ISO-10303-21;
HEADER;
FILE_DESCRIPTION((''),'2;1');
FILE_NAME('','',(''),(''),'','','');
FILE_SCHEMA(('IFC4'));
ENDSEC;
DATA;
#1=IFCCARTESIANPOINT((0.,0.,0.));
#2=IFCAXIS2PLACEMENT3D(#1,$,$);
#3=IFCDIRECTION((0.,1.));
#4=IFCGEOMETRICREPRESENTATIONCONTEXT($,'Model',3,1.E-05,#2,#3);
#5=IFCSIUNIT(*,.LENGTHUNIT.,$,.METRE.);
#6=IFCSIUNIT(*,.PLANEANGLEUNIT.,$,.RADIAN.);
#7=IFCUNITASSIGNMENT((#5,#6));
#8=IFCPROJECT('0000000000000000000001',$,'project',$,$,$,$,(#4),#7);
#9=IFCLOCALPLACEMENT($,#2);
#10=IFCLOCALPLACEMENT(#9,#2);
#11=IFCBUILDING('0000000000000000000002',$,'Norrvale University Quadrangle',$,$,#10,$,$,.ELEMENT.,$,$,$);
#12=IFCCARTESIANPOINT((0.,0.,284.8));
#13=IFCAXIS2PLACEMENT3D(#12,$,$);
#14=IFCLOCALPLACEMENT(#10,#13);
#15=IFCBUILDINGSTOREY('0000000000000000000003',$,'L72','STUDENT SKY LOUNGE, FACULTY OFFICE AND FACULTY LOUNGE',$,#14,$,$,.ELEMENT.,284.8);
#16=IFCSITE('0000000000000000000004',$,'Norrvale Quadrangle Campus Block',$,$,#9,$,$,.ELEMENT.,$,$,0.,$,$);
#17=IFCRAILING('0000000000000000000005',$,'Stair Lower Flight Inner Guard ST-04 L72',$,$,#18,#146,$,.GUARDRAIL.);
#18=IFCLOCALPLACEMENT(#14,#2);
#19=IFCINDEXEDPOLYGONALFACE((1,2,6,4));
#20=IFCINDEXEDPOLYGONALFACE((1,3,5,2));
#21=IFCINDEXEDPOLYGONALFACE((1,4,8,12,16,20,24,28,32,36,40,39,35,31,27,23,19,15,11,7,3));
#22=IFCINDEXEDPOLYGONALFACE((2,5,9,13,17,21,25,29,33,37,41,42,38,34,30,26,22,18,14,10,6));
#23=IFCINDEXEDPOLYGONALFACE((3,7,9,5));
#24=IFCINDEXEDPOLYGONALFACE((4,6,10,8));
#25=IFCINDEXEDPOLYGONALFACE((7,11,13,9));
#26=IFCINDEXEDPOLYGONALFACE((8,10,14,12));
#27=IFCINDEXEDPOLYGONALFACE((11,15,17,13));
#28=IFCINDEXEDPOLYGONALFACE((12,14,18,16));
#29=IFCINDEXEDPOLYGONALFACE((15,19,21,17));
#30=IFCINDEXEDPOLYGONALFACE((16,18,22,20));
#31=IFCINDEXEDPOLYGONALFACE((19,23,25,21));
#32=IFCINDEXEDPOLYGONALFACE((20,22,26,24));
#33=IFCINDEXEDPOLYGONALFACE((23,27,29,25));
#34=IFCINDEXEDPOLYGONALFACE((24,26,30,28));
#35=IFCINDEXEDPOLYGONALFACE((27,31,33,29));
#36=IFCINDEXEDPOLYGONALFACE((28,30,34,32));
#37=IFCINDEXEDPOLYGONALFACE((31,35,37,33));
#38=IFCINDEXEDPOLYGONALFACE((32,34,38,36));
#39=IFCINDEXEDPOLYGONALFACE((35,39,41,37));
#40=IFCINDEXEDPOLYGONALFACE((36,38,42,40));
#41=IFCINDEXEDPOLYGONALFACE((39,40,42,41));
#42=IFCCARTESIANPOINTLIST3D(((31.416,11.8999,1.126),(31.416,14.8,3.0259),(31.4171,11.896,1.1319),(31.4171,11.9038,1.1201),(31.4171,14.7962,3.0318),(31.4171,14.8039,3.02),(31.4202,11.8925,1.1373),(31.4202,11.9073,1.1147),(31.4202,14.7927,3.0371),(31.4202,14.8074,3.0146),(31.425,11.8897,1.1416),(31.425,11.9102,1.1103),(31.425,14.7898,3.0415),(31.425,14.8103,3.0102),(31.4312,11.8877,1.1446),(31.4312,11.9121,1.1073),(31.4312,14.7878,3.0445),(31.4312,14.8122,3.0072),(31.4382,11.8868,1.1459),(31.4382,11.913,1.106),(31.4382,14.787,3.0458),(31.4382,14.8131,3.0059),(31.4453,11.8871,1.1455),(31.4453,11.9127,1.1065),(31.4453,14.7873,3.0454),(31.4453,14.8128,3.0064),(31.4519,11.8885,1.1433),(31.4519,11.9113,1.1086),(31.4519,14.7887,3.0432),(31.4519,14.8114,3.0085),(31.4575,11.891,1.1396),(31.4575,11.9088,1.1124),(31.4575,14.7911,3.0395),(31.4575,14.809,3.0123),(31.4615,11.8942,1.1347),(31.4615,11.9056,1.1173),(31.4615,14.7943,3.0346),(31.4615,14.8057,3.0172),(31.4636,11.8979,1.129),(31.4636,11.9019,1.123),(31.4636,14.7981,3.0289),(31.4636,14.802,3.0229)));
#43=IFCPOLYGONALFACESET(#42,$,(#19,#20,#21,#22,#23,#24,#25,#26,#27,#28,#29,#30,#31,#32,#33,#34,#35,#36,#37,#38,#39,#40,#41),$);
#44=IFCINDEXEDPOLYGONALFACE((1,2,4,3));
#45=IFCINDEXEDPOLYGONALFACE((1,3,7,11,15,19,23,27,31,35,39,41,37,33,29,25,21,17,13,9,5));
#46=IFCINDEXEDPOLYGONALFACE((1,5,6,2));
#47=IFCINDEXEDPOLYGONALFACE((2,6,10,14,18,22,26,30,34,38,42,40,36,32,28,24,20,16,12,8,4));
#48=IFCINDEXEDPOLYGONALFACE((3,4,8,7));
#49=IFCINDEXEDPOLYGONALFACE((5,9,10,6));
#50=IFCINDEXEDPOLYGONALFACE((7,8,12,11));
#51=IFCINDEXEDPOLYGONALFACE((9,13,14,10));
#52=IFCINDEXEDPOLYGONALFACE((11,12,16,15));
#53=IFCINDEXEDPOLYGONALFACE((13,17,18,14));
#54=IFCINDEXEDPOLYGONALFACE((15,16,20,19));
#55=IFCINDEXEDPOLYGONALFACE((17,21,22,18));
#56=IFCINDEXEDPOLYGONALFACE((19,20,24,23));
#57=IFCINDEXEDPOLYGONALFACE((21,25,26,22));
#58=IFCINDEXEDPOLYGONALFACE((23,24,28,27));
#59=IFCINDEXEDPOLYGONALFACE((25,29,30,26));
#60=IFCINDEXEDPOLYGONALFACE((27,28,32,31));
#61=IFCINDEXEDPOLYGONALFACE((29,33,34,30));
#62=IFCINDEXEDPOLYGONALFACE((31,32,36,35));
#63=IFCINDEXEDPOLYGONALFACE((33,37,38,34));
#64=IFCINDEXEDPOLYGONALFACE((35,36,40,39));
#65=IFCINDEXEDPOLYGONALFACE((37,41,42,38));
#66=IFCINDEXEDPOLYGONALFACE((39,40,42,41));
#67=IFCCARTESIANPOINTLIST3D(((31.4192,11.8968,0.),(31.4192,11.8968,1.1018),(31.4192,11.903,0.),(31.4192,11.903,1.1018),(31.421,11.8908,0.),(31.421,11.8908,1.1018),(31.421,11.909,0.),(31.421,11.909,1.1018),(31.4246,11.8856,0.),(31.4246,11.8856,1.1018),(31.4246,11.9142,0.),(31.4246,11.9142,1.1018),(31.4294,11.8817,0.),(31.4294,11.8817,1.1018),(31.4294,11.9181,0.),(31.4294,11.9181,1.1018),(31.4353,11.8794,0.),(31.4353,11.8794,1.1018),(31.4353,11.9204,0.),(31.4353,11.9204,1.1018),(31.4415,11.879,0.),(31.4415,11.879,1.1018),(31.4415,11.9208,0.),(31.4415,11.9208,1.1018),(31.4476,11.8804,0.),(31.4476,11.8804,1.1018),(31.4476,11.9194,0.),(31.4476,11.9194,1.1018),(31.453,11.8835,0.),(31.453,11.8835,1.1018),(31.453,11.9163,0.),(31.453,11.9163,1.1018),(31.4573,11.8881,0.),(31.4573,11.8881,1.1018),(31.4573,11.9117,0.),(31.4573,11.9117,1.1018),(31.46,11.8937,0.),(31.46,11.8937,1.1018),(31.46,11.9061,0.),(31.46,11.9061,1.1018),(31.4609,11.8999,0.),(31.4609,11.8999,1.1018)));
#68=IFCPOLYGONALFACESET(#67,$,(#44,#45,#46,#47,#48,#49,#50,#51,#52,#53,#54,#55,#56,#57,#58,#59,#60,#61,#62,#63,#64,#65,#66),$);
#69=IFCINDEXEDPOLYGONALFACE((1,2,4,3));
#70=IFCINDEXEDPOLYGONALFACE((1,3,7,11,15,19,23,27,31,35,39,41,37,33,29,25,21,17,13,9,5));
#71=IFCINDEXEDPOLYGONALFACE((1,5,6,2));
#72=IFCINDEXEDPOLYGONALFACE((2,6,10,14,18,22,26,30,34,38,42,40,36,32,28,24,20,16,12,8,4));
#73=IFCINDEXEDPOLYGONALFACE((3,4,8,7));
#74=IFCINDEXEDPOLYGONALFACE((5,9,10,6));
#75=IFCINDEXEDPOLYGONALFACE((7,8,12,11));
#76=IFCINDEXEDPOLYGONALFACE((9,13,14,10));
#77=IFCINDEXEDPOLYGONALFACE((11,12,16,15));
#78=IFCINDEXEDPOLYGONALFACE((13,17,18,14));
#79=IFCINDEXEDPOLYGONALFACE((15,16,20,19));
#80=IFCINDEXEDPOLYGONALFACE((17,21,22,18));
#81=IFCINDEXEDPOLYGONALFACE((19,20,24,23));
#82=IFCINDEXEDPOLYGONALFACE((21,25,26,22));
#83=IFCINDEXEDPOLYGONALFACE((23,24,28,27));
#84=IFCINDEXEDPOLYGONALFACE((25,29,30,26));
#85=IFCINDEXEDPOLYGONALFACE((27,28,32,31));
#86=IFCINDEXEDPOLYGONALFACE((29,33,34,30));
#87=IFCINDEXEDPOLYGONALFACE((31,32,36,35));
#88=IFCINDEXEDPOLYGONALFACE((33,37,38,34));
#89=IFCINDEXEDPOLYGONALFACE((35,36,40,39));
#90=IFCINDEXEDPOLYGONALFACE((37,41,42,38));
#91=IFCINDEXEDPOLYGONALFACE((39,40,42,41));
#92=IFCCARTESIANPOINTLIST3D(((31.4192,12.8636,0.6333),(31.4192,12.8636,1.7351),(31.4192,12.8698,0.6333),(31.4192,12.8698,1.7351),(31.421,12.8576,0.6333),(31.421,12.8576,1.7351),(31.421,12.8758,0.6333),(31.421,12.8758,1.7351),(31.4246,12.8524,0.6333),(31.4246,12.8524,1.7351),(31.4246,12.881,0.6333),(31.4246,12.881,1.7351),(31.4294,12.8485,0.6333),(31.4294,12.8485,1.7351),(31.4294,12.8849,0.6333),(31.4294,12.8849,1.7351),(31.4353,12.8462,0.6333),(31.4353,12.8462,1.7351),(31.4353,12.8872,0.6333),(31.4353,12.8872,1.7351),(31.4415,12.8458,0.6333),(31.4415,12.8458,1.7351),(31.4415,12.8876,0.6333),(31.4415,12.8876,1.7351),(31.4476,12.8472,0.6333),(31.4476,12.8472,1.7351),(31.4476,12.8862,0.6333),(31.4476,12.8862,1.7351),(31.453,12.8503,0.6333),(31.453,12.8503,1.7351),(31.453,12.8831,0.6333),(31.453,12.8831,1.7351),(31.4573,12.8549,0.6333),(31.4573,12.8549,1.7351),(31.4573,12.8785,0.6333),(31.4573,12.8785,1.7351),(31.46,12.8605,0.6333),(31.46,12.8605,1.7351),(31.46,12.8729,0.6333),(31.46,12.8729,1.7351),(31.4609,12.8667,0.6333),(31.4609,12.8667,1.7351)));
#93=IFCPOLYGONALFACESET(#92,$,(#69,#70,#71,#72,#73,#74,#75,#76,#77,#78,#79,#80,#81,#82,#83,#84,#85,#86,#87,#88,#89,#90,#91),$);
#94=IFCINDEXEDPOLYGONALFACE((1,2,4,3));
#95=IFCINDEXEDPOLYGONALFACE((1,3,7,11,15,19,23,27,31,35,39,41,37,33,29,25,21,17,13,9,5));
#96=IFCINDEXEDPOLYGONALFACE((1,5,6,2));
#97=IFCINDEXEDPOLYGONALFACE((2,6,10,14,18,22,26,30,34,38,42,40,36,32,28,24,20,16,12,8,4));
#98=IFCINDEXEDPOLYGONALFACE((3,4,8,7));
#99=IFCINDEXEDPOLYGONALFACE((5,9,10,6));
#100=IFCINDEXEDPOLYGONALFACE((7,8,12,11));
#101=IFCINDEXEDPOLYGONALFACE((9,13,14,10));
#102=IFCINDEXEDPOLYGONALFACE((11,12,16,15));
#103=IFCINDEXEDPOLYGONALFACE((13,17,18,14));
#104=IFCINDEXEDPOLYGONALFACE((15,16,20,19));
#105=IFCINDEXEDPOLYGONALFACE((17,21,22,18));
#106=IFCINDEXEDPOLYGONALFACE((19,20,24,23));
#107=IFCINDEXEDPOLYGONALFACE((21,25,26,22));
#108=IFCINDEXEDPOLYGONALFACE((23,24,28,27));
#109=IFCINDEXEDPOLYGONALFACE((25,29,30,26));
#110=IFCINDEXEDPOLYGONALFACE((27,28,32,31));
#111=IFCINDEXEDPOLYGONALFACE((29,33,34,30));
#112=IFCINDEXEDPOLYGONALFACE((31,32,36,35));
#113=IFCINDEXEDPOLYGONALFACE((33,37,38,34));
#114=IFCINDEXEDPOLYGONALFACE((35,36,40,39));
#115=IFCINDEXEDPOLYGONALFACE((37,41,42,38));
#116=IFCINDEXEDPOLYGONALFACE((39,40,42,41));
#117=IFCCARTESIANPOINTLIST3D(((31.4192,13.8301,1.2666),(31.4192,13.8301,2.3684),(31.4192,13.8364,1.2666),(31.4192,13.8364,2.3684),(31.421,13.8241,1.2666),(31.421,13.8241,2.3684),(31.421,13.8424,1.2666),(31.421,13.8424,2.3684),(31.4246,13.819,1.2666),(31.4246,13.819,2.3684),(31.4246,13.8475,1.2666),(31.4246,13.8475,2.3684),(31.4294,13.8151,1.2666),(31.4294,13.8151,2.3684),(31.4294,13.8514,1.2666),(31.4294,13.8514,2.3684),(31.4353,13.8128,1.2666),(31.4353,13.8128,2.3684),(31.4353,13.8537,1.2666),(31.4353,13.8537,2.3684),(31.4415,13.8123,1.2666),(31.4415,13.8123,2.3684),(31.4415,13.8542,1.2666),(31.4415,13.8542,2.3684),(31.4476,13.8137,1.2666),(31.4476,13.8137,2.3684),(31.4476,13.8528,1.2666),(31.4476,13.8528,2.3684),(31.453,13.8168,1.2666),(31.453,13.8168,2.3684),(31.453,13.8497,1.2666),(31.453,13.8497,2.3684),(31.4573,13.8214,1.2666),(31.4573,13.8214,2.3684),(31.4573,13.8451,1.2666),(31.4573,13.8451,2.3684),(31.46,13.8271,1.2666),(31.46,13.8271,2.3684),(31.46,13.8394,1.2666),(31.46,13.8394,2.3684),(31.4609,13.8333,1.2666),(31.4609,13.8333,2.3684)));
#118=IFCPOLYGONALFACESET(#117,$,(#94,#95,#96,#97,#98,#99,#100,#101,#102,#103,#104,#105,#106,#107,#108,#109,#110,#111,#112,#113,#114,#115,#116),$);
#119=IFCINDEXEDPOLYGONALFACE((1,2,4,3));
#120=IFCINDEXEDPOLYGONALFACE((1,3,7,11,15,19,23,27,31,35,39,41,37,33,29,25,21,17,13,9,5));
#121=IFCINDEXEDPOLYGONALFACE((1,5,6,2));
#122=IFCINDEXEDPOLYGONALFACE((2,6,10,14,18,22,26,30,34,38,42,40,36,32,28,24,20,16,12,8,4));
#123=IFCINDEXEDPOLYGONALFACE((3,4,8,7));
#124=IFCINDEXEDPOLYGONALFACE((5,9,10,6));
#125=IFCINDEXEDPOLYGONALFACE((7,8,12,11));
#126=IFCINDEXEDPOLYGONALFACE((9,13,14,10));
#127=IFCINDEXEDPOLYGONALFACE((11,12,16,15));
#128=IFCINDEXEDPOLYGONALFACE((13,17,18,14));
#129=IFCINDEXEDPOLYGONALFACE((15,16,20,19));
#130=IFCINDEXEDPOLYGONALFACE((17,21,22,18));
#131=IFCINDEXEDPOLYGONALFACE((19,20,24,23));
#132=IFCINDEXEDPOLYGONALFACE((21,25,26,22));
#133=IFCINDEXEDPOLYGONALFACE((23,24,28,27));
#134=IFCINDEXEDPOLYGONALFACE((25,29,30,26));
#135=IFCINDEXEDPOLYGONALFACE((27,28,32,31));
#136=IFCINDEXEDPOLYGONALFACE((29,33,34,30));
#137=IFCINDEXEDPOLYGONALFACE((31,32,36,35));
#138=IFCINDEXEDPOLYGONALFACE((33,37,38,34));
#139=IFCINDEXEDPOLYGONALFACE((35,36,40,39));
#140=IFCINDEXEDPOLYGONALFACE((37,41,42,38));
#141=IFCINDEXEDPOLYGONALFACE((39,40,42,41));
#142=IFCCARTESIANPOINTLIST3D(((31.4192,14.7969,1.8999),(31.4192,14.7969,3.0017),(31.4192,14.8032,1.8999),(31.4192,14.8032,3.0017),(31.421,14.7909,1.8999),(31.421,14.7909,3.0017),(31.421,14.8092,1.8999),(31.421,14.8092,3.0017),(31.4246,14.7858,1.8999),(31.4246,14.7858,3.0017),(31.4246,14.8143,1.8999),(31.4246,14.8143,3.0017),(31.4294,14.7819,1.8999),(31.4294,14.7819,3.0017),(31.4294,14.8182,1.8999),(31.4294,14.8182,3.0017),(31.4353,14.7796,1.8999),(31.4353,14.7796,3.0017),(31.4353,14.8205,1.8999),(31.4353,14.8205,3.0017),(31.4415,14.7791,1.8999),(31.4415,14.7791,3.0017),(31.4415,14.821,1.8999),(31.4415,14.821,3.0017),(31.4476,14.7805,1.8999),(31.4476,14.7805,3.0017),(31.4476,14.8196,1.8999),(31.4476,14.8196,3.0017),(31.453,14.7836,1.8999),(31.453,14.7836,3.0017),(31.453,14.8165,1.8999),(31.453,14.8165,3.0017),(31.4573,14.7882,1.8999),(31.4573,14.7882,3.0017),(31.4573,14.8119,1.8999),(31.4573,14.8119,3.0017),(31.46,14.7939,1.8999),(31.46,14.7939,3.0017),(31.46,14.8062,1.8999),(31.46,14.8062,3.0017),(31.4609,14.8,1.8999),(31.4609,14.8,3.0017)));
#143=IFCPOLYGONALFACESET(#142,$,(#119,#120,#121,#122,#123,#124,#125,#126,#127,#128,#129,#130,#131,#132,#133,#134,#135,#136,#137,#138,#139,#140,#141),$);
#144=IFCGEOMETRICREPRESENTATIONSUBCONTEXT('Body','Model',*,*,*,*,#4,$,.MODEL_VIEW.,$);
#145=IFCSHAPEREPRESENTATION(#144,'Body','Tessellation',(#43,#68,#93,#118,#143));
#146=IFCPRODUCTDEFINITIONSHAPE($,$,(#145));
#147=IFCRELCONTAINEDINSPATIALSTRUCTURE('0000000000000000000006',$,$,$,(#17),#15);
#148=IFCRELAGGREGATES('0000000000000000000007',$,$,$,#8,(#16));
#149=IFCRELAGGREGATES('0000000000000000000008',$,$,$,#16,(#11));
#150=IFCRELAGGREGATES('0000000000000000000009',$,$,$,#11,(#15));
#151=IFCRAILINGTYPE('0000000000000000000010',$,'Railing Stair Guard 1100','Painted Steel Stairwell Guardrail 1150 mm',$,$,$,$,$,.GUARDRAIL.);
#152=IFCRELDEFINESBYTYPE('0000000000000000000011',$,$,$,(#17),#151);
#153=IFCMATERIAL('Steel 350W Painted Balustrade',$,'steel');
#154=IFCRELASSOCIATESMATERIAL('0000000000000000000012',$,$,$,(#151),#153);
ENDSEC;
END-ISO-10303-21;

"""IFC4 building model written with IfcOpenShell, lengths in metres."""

from ifc_helpers import new_model, si_unit, direction, frame, origin, origin_2d, place, context, subcontext, project, spatial, circle, extrude, material, type_object, element, save


model = new_model("IFC4")

# Units and contexts
model_context = context("Model", 3, precision=1e-05, world=origin(), true_north=direction((0.0, 1.0)))
body_context = subcontext(model_context, "Body", "Model", "MODEL_VIEW")
ifc_project = project(units=[si_unit("LENGTHUNIT", "METRE"), si_unit("PLANEANGLEUNIT", "RADIAN")], contexts=[model_context])

# Site, building, storey
site_placement = place(None, origin())
site = spatial("IfcSite", under=ifc_project, at=site_placement, Name="Norrvale Quadrangle Campus Block", CompositionType="ELEMENT", RefElevation=0.0)
building_placement = place(site_placement, origin())
building = spatial("IfcBuilding", under=site, at=building_placement, Name="Norrvale University Quadrangle", CompositionType="ELEMENT")
storey_placement = place(building_placement, frame((0.0, 0.0, 284.8)))
storey = spatial("IfcBuildingStorey", under=building, at=storey_placement, Name="L72", Description="STUDENT SKY LOUNGE, FACULTY OFFICE AND FACULTY LOUNGE", CompositionType="ELEMENT", Elevation=284.8)

# Railing
ifc_material_1 = material(Name="Steel 350W Painted Balustrade", Category="steel")
railing_type_1 = type_object("IfcRailingType", Name="Railing Stair Guard 1100", Description="Painted Steel Stairwell Guardrail 1150 mm", PredefinedType="GUARDRAIL", material=ifc_material_1)
railing_1_placement = place(storey_placement, frame((31.4399, 11.8999, 0.0)))
element("IfcRailing", 1, at=railing_1_placement, inside=storey, type_object=railing_type_1, Name="Stair Lower Flight Inner Guard ST-04 L72", PredefinedType="GUARDRAIL", context=body_context, shape_type="SweptSolid", body=[
    extrude(circle(Radius=0.0239, at=origin_2d()), frame((0.0, 0.0, 1.126), z_axis=(0.0, 0.836487, 0.547987), x_axis=(-1.0, 0.0, 0.0)), (0.0, 0.0, 1.0), 3.467),
    extrude(circle(Radius=0.021, at=origin_2d()), origin(), (0.0, 0.0, 1.0), 1.1018),
    extrude(circle(Radius=0.021, at=origin_2d()), frame((0.0, 0.9668, 0.6333)), (0.0, 0.0, 1.0), 1.1018),
    extrude(circle(Radius=0.021, at=origin_2d()), frame((0.0, 1.9333, 1.2666)), (0.0, 0.0, 1.0), 1.1018),
    extrude(circle(Radius=0.021, at=origin_2d()), frame((0.0, 2.9001, 1.8999)), (0.0, 0.0, 1.0), 1.1018),
])

save(model, "model.ifc")
